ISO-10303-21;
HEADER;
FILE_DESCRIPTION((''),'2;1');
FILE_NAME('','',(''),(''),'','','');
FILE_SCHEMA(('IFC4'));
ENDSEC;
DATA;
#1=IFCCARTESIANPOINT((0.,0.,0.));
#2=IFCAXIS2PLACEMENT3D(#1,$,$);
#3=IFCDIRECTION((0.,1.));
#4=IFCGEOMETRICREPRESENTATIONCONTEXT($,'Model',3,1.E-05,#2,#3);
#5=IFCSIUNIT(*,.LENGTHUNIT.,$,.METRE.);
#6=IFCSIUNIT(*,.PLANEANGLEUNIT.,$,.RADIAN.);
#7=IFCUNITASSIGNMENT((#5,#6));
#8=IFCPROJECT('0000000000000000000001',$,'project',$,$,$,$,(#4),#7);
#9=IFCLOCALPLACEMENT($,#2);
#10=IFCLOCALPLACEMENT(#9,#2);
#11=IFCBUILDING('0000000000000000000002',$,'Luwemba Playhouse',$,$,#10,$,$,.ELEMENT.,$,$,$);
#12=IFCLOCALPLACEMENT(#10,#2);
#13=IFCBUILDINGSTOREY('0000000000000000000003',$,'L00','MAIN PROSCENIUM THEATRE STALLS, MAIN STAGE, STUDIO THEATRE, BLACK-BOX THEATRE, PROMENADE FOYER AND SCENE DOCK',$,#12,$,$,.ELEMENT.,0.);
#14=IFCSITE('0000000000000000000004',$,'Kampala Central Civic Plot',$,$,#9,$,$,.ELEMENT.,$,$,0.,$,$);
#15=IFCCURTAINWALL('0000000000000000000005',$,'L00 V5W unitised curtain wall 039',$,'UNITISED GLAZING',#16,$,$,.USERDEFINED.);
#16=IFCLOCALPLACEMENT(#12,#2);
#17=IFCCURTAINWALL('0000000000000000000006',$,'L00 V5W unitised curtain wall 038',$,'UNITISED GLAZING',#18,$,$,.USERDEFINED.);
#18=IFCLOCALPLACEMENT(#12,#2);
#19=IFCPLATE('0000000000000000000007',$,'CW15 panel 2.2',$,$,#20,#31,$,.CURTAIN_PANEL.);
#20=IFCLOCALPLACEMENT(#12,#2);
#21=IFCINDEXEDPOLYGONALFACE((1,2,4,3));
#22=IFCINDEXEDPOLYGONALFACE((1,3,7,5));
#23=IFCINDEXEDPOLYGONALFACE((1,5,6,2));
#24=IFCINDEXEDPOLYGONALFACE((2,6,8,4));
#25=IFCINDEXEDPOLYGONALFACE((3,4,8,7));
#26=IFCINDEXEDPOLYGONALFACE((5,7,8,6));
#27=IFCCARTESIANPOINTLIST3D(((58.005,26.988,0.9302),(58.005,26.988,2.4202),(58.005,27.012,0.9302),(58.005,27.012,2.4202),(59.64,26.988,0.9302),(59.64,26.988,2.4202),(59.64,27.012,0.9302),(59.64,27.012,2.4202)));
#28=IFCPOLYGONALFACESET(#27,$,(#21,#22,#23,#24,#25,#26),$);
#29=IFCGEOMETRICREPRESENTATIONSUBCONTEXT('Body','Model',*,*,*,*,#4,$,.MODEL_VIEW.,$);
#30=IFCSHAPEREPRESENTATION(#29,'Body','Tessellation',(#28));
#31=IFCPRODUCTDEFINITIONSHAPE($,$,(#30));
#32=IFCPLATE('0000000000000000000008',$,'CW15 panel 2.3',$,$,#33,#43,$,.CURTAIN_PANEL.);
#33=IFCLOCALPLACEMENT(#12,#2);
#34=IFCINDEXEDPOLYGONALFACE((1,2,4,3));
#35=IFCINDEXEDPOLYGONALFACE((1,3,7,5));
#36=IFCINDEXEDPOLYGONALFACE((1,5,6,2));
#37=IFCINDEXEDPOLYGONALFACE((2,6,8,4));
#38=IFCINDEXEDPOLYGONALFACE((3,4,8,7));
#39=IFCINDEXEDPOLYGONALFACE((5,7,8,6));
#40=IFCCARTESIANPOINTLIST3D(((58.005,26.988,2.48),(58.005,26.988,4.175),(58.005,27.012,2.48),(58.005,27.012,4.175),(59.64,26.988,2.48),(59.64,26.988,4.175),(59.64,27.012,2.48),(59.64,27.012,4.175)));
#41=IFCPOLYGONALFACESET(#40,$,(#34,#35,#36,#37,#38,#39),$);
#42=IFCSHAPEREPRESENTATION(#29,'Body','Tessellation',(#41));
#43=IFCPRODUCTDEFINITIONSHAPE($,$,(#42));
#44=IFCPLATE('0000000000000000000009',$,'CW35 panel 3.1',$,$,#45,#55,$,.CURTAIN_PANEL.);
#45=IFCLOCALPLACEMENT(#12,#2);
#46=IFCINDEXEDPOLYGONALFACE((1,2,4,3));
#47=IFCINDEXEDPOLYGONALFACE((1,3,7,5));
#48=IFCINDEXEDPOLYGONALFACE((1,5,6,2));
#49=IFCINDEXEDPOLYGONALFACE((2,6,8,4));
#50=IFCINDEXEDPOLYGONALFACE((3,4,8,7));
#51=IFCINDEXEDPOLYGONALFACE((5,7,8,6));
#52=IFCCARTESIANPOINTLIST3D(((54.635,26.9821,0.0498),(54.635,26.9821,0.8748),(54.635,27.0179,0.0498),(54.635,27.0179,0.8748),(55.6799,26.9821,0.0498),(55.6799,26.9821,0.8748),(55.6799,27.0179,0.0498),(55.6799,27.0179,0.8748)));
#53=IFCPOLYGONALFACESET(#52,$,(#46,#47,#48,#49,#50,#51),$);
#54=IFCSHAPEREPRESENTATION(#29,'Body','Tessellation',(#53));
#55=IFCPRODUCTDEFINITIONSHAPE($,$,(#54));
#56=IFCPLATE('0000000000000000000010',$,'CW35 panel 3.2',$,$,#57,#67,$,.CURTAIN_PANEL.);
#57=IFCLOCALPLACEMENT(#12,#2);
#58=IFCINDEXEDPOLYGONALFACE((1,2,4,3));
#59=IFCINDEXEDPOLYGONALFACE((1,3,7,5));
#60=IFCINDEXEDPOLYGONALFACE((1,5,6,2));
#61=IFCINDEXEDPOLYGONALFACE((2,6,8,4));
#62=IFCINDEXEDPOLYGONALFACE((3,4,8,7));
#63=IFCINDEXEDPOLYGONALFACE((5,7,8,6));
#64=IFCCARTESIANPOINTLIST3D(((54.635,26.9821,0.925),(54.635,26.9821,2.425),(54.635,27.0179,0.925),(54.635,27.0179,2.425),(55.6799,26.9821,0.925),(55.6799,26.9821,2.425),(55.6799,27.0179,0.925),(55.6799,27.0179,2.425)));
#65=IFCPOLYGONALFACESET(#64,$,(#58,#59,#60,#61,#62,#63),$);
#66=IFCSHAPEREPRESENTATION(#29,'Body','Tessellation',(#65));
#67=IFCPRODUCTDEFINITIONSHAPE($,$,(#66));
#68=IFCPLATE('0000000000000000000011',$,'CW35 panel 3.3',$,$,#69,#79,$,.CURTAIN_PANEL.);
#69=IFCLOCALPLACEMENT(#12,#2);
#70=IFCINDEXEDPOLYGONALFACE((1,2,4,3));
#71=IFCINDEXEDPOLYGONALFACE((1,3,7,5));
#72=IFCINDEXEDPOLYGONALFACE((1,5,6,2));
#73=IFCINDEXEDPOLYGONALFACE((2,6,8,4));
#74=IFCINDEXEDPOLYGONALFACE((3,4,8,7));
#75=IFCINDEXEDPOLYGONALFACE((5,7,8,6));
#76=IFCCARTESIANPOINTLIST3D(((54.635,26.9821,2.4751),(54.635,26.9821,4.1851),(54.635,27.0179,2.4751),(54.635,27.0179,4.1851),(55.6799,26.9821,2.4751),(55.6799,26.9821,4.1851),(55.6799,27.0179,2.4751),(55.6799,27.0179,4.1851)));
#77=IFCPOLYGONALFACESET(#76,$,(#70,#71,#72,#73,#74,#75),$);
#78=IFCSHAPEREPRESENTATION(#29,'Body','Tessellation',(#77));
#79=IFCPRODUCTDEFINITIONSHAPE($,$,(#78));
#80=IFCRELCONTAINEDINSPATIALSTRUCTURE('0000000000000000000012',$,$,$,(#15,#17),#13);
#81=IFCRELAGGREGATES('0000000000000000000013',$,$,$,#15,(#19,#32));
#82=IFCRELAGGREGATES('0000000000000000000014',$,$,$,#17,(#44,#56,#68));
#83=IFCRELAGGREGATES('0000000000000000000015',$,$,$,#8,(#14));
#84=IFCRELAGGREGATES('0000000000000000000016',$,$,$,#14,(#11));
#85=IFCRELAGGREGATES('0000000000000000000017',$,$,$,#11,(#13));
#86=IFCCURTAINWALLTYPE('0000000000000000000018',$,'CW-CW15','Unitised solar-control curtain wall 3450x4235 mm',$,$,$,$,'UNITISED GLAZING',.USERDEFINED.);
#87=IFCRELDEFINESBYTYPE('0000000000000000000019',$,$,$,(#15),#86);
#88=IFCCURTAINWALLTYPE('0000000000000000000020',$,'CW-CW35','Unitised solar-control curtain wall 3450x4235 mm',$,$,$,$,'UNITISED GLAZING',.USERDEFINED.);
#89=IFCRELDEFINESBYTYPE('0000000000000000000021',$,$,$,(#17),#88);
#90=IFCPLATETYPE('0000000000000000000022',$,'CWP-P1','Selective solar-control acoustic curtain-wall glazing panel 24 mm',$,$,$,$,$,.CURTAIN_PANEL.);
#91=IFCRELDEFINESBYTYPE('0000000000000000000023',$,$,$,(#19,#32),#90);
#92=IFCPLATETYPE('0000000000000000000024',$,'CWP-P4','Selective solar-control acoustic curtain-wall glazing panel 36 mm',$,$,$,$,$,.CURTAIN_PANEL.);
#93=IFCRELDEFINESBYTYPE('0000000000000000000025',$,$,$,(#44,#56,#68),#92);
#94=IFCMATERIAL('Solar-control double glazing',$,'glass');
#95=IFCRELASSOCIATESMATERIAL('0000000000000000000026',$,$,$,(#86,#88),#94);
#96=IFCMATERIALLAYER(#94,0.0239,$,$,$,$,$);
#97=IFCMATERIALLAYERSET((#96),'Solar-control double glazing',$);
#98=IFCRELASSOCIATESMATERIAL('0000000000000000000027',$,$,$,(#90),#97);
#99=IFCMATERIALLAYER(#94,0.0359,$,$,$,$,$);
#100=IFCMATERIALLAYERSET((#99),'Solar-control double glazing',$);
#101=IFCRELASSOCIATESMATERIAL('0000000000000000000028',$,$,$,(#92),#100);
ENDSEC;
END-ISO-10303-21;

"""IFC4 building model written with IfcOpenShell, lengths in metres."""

from ifc_helpers import new_model, si_unit, direction, frame, origin, origin_2d, place, context, subcontext, project, spatial, rectangle, extrude, material, layer, layer_set, type_object, element, aggregate, save


model = new_model("IFC4")

# Units and contexts
model_context = context("Model", 3, precision=1e-05, world=origin(), true_north=direction((0.0, 1.0)))
body_context = subcontext(model_context, "Body", "Model", "MODEL_VIEW")
ifc_project = project(units=[si_unit("LENGTHUNIT", "METRE"), si_unit("PLANEANGLEUNIT", "RADIAN")], contexts=[model_context])

# Site, building, storey
site_placement = place(None, origin())
site = spatial("IfcSite", under=ifc_project, at=site_placement, Name="Kampala Central Civic Plot", CompositionType="ELEMENT", RefElevation=0.0)
building_placement = place(site_placement, origin())
building = spatial("IfcBuilding", under=site, at=building_placement, Name="Luwemba Playhouse", CompositionType="ELEMENT")
storey_placement = place(building_placement, origin())
storey = spatial("IfcBuildingStorey", under=building, at=storey_placement, Name="L00", Description="MAIN PROSCENIUM THEATRE STALLS, MAIN STAGE, STUDIO THEATRE, BLACK-BOX THEATRE, PROMENADE FOYER AND SCENE DOCK", CompositionType="ELEMENT", Elevation=0.0)

# Curtain wall
ifc_material_1 = material(Name="Solar-control double glazing", Category="glass")
curtain_wall_type_1 = type_object("IfcCurtainWallType", Name="CW-CW15", Description="Unitised solar-control curtain wall 3450x4235 mm", ElementType="UNITISED GLAZING", PredefinedType="USERDEFINED", material=ifc_material_1)
curtain_wall_1_placement = place(storey_placement, origin())
curtain_wall_1 = element("IfcCurtainWall", 1, at=curtain_wall_1_placement, inside=storey, type_object=curtain_wall_type_1, Name="L00 V5W unitised curtain wall 039", ObjectType="UNITISED GLAZING", PredefinedType="USERDEFINED")

# Curtain wall
curtain_wall_type_2 = type_object("IfcCurtainWallType", Name="CW-CW35", Description="Unitised solar-control curtain wall 3450x4235 mm", ElementType="UNITISED GLAZING", PredefinedType="USERDEFINED", material=ifc_material_1)
curtain_wall_2_placement = place(storey_placement, origin())
curtain_wall_2 = element("IfcCurtainWall", 2, at=curtain_wall_2_placement, inside=storey, type_object=curtain_wall_type_2, Name="L00 V5W unitised curtain wall 038", ObjectType="UNITISED GLAZING", PredefinedType="USERDEFINED")

# Plates
ifc_layer_1 = layer(ifc_material_1, 0.0239)
ifc_layer_set_1 = layer_set([ifc_layer_1], Name="Solar-control double glazing")
plate_type_1 = type_object("IfcPlateType", Name="CWP-P1", Description="Selective solar-control acoustic curtain-wall glazing panel 24 mm", PredefinedType="CURTAIN_PANEL", material=ifc_layer_set_1)
plate_1_placement = place(storey_placement, frame((58.8225, 27.0, 0.9302), z_axis=(0.0, 0.0, 1.0), x_axis=(1.0, 0.0, 0.0)))
plate_1 = element("IfcPlate", 3, at=plate_1_placement, type_object=plate_type_1, Name="CW15 panel 2.2", PredefinedType="CURTAIN_PANEL", context=body_context, shape_type="SweptSolid", body=[
    extrude(rectangle(XDim=1.635, YDim=0.0239, at=origin_2d()), origin(), (0.0, 0.0, 1.0), 1.49),
])
plate_2_placement = place(storey_placement, frame((58.8225, 27.0, 2.48), z_axis=(0.0, 0.0, 1.0), x_axis=(1.0, 0.0, 0.0)))
plate_2 = element("IfcPlate", 4, at=plate_2_placement, type_object=plate_type_1, Name="CW15 panel 2.3", PredefinedType="CURTAIN_PANEL", context=body_context, shape_type="SweptSolid", body=[
    extrude(rectangle(XDim=1.635, YDim=0.0239, at=origin_2d()), origin(), (0.0, 0.0, 1.0), 1.6951),
])
aggregate(curtain_wall_1, [plate_1, plate_2])
ifc_layer_2 = layer(ifc_material_1, 0.0359)
ifc_layer_set_2 = layer_set([ifc_layer_2], Name="Solar-control double glazing")
plate_type_2 = type_object("IfcPlateType", Name="CWP-P4", Description="Selective solar-control acoustic curtain-wall glazing panel 36 mm", PredefinedType="CURTAIN_PANEL", material=ifc_layer_set_2)
plate_3_placement = place(storey_placement, frame((55.1575, 27.0, 0.0498), z_axis=(0.0, 0.0, 1.0), x_axis=(1.0, 0.0, 0.0)))
plate_3 = element("IfcPlate", 5, at=plate_3_placement, type_object=plate_type_2, Name="CW35 panel 3.1", PredefinedType="CURTAIN_PANEL", context=body_context, shape_type="SweptSolid", body=[
    extrude(rectangle(XDim=1.0449, YDim=0.0359, at=origin_2d()), origin(), (0.0, 0.0, 1.0), 0.825),
])
plate_4_placement = place(storey_placement, frame((55.1575, 27.0, 0.925), z_axis=(0.0, 0.0, 1.0), x_axis=(1.0, 0.0, 0.0)))
plate_4 = element("IfcPlate", 6, at=plate_4_placement, type_object=plate_type_2, Name="CW35 panel 3.2", PredefinedType="CURTAIN_PANEL", context=body_context, shape_type="SweptSolid", body=[
    extrude(rectangle(XDim=1.0449, YDim=0.0359, at=origin_2d()), origin(), (0.0, 0.0, 1.0), 1.5),
])
plate_5_placement = place(storey_placement, frame((55.1575, 27.0, 2.4751), z_axis=(0.0, 0.0, 1.0), x_axis=(1.0, 0.0, 0.0)))
plate_5 = element("IfcPlate", 7, at=plate_5_placement, type_object=plate_type_2, Name="CW35 panel 3.3", PredefinedType="CURTAIN_PANEL", context=body_context, shape_type="SweptSolid", body=[
    extrude(rectangle(XDim=1.0449, YDim=0.0359, at=origin_2d()), origin(), (0.0, 0.0, 1.0), 1.71),
])
aggregate(curtain_wall_2, [plate_3, plate_4, plate_5])

save(model, "model.ifc")
